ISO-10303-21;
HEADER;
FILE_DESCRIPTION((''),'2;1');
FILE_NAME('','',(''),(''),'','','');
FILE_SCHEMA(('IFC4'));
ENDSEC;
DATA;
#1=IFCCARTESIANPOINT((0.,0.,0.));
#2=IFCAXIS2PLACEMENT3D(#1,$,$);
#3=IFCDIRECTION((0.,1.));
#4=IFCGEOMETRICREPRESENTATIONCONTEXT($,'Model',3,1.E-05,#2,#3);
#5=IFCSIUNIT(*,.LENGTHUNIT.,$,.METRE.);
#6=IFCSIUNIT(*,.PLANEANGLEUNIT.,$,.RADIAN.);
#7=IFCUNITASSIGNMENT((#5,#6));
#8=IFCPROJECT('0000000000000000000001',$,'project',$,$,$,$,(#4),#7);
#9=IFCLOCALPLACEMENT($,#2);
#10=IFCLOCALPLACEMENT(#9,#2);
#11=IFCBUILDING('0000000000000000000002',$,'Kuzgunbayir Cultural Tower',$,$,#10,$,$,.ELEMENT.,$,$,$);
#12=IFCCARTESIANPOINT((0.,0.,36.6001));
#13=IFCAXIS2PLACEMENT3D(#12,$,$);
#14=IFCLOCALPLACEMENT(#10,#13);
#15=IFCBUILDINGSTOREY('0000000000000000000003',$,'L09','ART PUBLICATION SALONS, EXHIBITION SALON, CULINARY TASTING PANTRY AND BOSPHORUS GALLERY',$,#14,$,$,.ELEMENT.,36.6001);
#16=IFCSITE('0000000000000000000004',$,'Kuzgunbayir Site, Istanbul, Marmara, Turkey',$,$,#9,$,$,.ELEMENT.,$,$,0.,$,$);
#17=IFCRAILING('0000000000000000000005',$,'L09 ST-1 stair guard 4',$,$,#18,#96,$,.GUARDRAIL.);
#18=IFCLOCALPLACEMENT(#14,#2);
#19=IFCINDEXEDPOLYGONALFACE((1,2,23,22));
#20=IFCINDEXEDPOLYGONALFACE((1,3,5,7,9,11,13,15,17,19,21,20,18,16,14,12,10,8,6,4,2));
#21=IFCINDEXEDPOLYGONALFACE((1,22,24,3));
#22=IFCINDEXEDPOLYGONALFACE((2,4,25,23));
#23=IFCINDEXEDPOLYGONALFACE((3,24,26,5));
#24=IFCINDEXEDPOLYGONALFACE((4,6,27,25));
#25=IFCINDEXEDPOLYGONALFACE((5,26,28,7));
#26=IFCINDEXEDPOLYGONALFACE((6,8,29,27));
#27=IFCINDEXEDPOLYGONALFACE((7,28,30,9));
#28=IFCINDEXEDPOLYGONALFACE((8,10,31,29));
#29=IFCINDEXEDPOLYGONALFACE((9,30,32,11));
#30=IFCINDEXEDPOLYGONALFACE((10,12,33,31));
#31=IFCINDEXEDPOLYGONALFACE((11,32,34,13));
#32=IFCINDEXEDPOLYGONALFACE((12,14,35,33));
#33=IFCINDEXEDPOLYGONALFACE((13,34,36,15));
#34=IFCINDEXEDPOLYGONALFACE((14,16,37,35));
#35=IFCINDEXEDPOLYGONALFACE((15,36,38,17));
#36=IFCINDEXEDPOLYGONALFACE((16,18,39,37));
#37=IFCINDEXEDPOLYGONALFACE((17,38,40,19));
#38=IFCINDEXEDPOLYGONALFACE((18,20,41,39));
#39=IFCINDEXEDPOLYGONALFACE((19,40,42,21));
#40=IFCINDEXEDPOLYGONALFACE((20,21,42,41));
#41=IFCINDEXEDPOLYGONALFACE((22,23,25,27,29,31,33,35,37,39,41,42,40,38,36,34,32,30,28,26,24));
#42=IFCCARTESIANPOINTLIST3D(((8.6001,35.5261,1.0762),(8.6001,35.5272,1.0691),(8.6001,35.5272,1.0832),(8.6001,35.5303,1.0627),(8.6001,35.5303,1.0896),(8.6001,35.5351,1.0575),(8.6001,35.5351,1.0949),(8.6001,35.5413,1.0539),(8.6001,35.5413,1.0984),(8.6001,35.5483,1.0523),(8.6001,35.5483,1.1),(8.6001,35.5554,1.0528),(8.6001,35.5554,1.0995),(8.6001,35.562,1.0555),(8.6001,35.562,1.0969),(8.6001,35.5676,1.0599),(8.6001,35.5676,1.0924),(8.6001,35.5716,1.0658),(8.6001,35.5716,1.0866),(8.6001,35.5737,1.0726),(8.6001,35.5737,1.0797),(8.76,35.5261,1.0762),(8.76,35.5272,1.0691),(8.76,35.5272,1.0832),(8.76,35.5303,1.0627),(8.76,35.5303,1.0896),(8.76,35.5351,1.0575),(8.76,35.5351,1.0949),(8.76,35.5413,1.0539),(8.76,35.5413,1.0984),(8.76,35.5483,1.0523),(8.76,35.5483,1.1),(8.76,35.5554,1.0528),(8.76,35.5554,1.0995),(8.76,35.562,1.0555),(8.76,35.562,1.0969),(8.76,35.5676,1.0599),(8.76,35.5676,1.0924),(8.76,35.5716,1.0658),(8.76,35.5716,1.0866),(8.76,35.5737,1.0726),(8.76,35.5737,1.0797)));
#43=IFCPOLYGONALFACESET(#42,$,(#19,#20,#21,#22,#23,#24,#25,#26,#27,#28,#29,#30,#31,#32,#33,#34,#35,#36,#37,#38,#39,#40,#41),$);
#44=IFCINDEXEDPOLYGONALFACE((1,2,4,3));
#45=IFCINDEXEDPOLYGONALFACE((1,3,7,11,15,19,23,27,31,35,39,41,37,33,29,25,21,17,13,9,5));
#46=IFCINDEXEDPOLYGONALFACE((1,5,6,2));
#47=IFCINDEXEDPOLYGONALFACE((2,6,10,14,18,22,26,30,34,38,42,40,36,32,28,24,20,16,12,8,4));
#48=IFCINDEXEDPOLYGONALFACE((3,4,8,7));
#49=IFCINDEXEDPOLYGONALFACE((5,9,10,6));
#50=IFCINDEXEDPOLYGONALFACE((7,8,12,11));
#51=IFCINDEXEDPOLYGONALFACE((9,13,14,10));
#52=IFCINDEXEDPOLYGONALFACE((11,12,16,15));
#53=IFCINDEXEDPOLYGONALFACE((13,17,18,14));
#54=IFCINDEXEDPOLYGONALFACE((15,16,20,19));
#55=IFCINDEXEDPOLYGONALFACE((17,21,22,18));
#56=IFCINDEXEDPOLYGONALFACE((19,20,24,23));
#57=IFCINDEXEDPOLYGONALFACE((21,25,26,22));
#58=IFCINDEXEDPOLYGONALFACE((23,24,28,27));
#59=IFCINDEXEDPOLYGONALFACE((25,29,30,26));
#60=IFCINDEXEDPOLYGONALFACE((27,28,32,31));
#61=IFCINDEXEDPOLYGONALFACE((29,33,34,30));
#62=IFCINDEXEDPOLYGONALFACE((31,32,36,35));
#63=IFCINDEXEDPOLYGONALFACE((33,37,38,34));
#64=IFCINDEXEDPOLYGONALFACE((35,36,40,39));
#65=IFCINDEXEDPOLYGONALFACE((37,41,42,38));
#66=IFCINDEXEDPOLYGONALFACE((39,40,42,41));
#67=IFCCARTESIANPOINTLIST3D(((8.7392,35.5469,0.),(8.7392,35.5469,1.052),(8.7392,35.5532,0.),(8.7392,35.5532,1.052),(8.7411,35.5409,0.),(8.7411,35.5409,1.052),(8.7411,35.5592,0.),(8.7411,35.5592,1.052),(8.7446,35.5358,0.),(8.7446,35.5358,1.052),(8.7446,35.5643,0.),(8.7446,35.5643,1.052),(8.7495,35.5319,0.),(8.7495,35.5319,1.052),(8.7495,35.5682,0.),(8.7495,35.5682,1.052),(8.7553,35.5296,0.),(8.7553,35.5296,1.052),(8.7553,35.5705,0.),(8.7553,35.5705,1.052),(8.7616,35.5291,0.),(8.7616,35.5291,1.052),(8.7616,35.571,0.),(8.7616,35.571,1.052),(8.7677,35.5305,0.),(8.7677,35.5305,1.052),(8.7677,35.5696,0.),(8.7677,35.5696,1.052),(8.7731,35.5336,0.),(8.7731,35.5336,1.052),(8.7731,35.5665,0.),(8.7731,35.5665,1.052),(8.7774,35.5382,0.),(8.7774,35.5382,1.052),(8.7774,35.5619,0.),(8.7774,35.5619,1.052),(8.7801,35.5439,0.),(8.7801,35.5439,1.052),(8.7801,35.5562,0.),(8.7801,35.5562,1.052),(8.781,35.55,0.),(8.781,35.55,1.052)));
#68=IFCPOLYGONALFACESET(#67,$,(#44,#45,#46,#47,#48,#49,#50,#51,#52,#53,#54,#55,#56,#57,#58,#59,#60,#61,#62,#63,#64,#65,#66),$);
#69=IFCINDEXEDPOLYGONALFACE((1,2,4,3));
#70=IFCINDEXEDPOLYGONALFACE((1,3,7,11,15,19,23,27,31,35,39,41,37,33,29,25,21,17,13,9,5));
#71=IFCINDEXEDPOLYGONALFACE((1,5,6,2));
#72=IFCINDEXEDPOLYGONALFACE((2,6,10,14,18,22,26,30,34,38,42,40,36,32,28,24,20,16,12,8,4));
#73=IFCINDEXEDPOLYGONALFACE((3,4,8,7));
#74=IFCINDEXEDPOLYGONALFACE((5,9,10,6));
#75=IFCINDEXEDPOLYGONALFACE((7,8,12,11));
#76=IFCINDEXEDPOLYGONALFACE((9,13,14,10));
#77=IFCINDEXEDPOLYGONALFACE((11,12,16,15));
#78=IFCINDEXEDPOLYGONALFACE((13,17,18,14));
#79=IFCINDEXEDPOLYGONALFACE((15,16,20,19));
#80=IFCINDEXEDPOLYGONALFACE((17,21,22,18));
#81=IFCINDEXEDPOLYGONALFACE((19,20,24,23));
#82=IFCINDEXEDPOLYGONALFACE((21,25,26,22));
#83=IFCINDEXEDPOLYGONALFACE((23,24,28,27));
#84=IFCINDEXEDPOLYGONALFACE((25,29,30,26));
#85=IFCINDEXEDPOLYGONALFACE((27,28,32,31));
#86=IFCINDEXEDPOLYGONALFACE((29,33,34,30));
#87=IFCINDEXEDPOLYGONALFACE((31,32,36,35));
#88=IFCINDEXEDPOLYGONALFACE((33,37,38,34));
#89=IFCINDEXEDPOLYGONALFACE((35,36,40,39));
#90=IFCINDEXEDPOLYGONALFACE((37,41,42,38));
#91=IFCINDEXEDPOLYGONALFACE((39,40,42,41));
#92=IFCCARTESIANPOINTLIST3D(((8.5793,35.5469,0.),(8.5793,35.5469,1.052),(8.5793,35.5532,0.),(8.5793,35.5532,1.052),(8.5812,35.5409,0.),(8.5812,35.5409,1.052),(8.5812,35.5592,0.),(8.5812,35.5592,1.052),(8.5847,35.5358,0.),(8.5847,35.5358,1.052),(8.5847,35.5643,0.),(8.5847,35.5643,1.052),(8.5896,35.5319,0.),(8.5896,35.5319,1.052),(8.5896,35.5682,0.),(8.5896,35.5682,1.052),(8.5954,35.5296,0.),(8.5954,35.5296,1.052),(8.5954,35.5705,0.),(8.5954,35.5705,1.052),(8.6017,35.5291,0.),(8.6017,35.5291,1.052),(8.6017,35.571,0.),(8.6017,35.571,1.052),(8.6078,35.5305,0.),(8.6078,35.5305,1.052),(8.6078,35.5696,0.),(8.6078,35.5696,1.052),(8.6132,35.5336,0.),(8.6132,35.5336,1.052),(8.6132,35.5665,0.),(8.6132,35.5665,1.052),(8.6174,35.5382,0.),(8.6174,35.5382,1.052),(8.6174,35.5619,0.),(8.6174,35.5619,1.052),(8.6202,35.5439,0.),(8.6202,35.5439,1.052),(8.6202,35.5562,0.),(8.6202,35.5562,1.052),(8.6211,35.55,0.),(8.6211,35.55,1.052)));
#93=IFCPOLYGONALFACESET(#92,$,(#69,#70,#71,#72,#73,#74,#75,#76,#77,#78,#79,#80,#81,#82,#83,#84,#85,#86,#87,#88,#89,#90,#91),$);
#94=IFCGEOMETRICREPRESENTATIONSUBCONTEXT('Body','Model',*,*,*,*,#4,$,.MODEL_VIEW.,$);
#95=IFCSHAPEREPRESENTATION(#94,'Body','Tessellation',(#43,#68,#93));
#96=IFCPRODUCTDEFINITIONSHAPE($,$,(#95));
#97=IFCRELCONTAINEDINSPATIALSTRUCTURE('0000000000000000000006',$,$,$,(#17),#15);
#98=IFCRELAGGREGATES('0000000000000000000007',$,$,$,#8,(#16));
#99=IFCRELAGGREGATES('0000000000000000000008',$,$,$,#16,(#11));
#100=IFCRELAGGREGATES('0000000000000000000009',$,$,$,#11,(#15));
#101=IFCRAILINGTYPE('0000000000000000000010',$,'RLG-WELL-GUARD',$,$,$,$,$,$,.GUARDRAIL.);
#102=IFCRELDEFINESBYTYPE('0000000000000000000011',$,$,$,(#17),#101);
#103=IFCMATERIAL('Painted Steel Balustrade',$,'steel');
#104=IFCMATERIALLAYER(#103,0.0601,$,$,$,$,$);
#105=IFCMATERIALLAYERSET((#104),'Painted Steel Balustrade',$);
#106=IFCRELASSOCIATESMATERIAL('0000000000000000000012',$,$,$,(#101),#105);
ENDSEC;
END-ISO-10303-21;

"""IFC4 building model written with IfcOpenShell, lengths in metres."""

from ifc_helpers import new_model, si_unit, direction, frame, origin, origin_2d, place, context, subcontext, project, spatial, circle, extrude, material, layer, layer_set, type_object, element, save


model = new_model("IFC4")

# Units and contexts
model_context = context("Model", 3, precision=1e-05, world=origin(), true_north=direction((0.0, 1.0)))
body_context = subcontext(model_context, "Body", "Model", "MODEL_VIEW")
ifc_project = project(units=[si_unit("LENGTHUNIT", "METRE"), si_unit("PLANEANGLEUNIT", "RADIAN")], contexts=[model_context])

# Site, building, storey
site_placement = place(None, origin())
site = spatial("IfcSite", under=ifc_project, at=site_placement, Name="Kuzgunbayir Site, Istanbul, Marmara, Turkey", CompositionType="ELEMENT", RefElevation=0.0)
building_placement = place(site_placement, origin())
building = spatial("IfcBuilding", under=site, at=building_placement, Name="Kuzgunbayir Cultural Tower", CompositionType="ELEMENT")
storey_placement = place(building_placement, frame((0.0, 0.0, 36.6001)))
storey = spatial("IfcBuildingStorey", under=building, at=storey_placement, Name="L09", Description="ART PUBLICATION SALONS, EXHIBITION SALON, CULINARY TASTING PANTRY AND BOSPHORUS GALLERY", CompositionType="ELEMENT", Elevation=36.6001)

# Railing
ifc_material_1 = material(Name="Painted Steel Balustrade", Category="steel")
ifc_layer_1 = layer(ifc_material_1, 0.0601)
ifc_layer_set_1 = layer_set([ifc_layer_1], Name="Painted Steel Balustrade")
railing_type_1 = type_object("IfcRailingType", Name="RLG-WELL-GUARD", PredefinedType="GUARDRAIL", material=ifc_layer_set_1)
railing_1_placement = place(storey_placement, frame((8.76, 35.55, 0.0)))
element("IfcRailing", 1, at=railing_1_placement, inside=storey, type_object=railing_type_1, Name="L09 ST-1 stair guard 4", PredefinedType="GUARDRAIL", context=body_context, shape_type="SweptSolid", body=[
    extrude(circle(Radius=0.0239, at=origin_2d()), frame((0.0, 0.0, 1.0762), z_axis=(-1.0, 0.0, 0.0), x_axis=(0.0, -1.0, 0.0)), (0.0, 0.0, 1.0), 0.1599),
    extrude(circle(Radius=0.021, at=origin_2d()), origin(), (0.0, 0.0, 1.0), 1.052),
    extrude(circle(Radius=0.021, at=origin_2d()), frame((-0.1599, 0.0, 0.0)), (0.0, 0.0, 1.0), 1.052),
])

save(model, "model.ifc")
